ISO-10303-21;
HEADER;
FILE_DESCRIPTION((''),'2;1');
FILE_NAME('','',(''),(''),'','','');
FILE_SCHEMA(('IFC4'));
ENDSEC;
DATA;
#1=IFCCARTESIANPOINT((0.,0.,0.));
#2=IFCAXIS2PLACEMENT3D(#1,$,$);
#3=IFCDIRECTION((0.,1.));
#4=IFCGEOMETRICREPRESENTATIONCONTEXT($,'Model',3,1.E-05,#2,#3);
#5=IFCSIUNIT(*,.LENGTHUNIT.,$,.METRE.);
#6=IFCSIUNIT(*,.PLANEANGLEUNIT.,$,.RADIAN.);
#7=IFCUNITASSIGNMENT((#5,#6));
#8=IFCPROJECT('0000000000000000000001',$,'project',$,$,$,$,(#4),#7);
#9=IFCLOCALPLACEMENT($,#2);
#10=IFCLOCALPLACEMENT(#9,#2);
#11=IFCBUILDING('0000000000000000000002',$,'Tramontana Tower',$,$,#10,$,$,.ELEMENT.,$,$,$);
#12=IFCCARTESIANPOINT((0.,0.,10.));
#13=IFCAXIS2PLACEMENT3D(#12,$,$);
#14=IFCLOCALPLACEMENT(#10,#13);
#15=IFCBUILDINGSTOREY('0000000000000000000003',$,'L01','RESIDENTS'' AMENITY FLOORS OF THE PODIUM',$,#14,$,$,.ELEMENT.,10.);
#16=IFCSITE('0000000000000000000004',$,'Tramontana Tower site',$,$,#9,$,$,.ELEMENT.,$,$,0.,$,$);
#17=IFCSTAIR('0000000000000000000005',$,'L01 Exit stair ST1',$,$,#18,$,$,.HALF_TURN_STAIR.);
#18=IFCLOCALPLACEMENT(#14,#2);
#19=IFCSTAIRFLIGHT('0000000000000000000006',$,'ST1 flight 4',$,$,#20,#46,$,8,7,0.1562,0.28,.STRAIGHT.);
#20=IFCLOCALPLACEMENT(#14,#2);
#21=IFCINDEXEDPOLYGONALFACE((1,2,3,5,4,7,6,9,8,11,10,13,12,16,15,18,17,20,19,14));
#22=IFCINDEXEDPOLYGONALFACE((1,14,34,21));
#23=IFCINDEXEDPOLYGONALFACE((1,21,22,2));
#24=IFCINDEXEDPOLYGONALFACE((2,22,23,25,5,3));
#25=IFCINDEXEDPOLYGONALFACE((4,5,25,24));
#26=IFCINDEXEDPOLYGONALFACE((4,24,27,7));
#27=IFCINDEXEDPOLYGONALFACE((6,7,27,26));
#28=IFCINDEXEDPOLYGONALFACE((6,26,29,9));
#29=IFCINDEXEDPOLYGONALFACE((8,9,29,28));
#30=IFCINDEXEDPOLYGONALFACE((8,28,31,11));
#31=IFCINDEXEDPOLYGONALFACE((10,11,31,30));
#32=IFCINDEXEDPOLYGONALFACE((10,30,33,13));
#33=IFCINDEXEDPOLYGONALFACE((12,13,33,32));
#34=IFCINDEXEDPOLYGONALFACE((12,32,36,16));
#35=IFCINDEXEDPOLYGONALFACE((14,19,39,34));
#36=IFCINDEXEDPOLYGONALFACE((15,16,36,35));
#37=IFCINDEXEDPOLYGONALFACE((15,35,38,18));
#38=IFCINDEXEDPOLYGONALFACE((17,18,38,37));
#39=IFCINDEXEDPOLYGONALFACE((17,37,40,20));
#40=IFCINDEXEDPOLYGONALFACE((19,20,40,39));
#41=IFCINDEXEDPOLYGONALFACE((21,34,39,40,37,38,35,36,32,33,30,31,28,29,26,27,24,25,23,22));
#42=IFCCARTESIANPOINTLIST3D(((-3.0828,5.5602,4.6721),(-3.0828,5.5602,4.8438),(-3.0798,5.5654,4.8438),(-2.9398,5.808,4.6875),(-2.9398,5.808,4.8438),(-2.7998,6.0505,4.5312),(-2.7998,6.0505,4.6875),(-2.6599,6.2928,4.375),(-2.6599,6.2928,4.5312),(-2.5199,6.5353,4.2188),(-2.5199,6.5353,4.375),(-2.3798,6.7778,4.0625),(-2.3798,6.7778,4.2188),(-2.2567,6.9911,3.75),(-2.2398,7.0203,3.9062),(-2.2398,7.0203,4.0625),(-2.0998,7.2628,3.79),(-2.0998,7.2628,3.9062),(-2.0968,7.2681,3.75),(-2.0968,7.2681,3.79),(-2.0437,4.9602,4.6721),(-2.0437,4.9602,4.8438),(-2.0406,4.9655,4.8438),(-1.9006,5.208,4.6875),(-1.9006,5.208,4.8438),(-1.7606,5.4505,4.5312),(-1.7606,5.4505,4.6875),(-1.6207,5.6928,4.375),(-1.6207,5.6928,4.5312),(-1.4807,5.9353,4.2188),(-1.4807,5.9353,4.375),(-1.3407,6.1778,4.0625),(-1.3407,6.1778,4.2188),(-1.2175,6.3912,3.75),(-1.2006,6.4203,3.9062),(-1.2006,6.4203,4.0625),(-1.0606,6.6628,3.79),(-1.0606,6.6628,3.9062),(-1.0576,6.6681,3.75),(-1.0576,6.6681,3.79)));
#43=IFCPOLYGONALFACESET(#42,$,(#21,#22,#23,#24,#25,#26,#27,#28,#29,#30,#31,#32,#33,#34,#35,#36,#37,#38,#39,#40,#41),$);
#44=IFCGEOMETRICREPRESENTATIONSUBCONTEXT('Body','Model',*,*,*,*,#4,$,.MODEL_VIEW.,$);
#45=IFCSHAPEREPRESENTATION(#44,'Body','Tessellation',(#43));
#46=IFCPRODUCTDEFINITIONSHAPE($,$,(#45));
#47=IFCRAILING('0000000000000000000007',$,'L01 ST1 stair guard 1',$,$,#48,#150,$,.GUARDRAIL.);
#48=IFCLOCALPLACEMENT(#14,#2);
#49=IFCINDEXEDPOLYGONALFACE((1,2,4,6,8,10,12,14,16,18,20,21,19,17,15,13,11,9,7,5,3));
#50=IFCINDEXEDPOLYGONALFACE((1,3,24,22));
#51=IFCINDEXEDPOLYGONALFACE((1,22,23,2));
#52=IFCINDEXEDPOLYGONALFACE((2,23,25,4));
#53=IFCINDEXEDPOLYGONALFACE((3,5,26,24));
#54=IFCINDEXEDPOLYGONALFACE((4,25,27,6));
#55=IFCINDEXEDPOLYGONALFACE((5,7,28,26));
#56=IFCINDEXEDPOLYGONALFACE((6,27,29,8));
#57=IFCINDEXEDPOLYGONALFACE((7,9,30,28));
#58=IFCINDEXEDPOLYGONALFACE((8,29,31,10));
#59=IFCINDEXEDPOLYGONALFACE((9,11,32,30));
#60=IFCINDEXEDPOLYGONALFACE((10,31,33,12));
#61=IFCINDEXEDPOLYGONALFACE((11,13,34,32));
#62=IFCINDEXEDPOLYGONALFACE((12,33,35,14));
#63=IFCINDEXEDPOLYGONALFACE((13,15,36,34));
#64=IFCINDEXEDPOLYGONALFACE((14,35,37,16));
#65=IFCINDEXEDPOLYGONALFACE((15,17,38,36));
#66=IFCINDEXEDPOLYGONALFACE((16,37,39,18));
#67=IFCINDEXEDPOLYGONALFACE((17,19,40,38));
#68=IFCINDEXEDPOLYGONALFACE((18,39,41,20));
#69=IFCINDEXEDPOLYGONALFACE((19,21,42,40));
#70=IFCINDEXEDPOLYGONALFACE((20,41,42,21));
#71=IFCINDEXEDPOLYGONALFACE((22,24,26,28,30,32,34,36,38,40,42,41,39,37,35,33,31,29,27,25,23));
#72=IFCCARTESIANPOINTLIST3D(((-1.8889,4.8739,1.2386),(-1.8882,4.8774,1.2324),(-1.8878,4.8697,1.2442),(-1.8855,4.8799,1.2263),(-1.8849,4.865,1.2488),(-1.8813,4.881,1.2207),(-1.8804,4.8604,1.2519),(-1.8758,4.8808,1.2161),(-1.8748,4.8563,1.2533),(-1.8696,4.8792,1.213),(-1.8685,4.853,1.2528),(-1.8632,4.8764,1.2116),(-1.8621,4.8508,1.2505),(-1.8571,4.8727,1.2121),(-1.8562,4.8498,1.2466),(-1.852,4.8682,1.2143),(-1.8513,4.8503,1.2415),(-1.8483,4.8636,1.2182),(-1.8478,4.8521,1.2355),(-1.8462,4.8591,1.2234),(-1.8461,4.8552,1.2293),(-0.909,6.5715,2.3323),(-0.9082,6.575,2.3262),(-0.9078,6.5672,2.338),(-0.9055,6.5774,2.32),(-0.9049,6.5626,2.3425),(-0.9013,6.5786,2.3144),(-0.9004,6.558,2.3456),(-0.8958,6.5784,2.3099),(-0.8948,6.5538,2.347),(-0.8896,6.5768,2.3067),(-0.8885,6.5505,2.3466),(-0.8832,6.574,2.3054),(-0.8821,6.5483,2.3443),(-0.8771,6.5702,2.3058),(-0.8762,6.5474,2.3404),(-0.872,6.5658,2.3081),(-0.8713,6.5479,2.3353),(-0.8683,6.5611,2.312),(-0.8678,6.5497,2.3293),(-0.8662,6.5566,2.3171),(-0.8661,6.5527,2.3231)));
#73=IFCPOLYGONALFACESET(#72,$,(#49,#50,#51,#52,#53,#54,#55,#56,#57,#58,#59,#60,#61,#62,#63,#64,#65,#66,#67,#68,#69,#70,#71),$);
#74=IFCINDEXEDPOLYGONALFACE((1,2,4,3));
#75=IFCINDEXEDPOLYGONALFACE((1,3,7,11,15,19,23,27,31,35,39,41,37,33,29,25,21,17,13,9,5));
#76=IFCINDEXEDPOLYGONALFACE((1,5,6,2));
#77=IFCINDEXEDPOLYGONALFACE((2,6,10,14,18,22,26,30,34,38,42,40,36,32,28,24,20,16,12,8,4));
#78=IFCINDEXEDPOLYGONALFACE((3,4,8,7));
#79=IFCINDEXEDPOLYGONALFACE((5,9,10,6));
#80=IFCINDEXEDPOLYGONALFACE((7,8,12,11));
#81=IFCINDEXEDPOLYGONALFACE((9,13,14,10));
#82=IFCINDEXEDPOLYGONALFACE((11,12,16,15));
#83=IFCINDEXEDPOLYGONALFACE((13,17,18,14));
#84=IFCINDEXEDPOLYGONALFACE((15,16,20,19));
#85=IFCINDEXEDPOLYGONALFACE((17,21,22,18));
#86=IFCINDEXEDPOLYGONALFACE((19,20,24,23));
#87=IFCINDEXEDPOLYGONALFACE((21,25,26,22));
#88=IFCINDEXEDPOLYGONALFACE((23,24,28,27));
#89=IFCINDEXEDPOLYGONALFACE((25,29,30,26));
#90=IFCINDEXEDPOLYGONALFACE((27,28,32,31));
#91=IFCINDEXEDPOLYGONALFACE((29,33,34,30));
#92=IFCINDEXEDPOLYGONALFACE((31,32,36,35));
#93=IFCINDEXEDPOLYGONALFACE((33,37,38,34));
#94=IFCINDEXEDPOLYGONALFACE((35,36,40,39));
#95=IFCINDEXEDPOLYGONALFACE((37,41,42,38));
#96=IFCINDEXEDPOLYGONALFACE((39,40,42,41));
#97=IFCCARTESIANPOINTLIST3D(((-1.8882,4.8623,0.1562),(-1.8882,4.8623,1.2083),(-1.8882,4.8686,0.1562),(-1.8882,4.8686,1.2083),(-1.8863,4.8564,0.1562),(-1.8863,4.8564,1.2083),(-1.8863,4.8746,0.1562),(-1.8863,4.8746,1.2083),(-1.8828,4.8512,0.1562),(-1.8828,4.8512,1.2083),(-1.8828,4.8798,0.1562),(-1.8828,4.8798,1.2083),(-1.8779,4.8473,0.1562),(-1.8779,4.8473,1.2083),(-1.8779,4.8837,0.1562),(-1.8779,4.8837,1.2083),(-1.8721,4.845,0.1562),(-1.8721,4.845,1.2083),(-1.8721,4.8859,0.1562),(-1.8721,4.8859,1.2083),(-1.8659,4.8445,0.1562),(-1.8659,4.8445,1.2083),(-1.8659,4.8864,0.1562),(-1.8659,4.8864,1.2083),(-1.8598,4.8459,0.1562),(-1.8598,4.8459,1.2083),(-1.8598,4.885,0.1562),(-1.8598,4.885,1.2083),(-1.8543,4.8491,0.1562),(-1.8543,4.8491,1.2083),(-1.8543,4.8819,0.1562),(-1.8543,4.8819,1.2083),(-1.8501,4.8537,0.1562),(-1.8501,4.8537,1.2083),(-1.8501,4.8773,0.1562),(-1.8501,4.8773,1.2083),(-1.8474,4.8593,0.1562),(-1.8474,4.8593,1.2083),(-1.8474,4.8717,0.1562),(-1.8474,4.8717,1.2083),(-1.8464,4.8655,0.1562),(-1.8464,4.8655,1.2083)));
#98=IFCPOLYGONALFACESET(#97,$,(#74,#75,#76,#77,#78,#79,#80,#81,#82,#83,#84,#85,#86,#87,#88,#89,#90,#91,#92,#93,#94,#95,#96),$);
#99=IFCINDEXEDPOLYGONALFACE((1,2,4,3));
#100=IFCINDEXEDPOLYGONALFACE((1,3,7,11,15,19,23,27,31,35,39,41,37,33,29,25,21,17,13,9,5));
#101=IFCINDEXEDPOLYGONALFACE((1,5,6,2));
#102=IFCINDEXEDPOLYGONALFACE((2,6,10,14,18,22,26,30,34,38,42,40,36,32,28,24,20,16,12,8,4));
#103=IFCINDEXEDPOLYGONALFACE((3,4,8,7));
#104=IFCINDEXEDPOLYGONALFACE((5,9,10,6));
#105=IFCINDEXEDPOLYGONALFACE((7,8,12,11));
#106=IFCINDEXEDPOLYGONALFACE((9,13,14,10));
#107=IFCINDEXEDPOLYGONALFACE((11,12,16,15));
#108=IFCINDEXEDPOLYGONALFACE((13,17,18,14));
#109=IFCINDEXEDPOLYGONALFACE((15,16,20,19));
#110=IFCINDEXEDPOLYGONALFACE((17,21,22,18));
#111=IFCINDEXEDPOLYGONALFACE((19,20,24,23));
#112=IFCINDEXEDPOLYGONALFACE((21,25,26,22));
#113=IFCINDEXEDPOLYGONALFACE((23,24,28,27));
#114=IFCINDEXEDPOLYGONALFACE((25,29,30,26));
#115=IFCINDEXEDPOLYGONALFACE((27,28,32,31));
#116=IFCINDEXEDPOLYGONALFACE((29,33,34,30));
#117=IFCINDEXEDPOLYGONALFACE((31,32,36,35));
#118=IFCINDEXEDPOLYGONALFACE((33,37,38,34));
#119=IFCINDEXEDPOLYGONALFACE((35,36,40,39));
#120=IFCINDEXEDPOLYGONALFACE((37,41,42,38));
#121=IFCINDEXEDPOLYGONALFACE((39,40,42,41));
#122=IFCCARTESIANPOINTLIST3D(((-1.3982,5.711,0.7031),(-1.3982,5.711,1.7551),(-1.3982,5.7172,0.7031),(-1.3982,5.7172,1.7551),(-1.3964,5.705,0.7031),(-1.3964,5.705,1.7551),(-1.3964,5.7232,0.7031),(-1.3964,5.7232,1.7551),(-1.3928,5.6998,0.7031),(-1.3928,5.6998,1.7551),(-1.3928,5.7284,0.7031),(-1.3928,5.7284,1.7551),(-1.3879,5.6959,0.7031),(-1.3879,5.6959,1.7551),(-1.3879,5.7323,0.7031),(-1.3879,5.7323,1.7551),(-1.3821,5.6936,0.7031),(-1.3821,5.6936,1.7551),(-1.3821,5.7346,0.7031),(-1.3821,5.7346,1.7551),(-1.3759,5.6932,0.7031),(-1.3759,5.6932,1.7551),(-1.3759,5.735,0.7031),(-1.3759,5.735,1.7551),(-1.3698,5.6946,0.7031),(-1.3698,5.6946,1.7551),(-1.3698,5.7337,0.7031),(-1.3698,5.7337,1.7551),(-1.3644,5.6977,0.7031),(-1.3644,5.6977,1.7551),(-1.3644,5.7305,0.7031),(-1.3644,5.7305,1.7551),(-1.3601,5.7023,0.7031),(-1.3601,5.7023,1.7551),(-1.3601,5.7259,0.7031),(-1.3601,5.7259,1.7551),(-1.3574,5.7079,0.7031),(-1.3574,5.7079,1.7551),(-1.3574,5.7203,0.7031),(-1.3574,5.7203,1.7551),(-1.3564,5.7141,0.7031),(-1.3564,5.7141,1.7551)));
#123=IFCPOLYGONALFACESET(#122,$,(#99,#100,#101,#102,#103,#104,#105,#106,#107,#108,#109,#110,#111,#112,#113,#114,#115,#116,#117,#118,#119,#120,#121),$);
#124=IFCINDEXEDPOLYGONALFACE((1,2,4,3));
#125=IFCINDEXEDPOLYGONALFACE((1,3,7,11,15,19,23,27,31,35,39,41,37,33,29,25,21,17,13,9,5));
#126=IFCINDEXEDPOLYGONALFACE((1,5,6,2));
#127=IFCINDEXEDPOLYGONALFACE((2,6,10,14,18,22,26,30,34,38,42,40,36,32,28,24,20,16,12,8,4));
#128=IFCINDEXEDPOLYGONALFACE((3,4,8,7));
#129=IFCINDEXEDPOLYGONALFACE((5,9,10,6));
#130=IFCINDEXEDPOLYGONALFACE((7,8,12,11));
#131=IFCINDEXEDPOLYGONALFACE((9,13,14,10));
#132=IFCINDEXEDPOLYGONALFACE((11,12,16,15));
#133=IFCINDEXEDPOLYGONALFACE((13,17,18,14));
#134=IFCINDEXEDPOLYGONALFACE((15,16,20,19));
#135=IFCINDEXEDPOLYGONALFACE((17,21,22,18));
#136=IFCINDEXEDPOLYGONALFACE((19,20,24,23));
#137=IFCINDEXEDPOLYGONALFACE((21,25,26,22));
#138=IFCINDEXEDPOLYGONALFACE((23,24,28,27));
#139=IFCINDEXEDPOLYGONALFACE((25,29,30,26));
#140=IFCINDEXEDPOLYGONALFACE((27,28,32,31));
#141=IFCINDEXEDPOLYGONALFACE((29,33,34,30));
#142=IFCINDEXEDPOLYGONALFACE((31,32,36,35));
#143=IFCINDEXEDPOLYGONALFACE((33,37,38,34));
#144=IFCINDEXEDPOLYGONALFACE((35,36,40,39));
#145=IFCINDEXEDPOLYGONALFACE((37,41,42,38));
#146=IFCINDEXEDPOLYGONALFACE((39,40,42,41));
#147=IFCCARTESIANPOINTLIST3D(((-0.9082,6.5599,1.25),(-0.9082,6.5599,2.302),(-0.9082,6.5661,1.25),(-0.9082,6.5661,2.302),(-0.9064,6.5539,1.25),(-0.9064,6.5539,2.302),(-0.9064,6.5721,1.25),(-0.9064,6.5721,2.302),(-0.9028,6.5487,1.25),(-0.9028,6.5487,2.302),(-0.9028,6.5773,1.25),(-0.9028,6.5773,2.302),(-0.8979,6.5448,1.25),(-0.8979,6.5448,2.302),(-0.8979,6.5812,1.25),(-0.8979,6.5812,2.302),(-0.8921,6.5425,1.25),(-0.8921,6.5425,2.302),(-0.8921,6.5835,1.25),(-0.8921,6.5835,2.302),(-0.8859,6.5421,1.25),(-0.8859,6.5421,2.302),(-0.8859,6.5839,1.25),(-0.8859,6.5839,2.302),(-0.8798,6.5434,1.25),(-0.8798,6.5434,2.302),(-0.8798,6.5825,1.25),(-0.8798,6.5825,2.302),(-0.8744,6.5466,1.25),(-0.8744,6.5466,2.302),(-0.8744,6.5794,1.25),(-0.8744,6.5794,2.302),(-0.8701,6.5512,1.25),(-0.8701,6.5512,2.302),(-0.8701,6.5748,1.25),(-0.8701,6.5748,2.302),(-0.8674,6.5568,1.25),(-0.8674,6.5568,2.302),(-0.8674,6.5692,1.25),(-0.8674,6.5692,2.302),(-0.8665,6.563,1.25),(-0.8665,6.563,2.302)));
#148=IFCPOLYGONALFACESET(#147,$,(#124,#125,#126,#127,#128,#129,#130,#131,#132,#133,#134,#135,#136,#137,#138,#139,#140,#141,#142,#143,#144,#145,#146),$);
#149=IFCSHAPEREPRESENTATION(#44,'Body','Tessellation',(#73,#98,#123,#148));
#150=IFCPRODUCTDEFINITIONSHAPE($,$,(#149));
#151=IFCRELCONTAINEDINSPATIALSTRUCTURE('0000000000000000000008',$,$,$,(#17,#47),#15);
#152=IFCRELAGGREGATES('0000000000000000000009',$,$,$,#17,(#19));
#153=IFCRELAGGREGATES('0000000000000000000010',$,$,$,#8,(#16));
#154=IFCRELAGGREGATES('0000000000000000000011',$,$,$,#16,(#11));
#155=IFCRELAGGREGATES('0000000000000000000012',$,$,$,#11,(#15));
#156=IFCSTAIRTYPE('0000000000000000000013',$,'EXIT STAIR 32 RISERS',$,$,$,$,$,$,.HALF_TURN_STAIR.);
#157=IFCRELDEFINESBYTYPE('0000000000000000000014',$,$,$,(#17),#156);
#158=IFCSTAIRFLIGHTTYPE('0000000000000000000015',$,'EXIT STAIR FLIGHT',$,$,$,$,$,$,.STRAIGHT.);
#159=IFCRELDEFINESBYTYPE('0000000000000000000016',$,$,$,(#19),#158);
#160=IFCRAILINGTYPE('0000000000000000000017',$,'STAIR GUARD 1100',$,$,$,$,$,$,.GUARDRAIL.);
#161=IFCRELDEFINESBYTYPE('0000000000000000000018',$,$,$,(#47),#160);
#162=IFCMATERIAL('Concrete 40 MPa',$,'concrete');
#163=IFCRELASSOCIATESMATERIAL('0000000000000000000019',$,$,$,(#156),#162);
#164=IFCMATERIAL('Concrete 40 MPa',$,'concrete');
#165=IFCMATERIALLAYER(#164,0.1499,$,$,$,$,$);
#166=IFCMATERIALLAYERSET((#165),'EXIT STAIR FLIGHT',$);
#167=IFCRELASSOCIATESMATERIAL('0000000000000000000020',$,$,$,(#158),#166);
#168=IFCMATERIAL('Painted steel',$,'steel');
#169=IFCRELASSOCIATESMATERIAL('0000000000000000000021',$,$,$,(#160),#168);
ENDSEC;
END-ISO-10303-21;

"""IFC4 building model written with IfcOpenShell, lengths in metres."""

from ifc_helpers import new_model, si_unit, direction, frame, origin, origin_2d, place, context, subcontext, project, spatial, polyline, circle, outline, extrude, material, layer, layer_set, type_object, element, aggregate, save


model = new_model("IFC4")

# Units and contexts
model_context = context("Model", 3, precision=1e-05, world=origin(), true_north=direction((0.0, 1.0)))
body_context = subcontext(model_context, "Body", "Model", "MODEL_VIEW")
ifc_project = project(units=[si_unit("LENGTHUNIT", "METRE"), si_unit("PLANEANGLEUNIT", "RADIAN")], contexts=[model_context])

# Site, building, storey
site_placement = place(None, origin())
site = spatial("IfcSite", under=ifc_project, at=site_placement, Name="Tramontana Tower site", CompositionType="ELEMENT", RefElevation=0.0)
building_placement = place(site_placement, origin())
building = spatial("IfcBuilding", under=site, at=building_placement, Name="Tramontana Tower", CompositionType="ELEMENT")
storey_placement = place(building_placement, frame((0.0, 0.0, 10.0)))
storey = spatial("IfcBuildingStorey", under=building, at=storey_placement, Name="L01", Description="RESIDENTS' AMENITY FLOORS OF THE PODIUM", CompositionType="ELEMENT", Elevation=10.0)

# Stair, stair flight
ifc_material_1 = material(Name="Concrete 40 MPa", Category="concrete")
stair_type = type_object("IfcStairType", Name="EXIT STAIR 32 RISERS", PredefinedType="HALF_TURN_STAIR", material=ifc_material_1)
stair_placement = place(storey_placement, origin())
stair = element("IfcStair", 1, at=stair_placement, inside=storey, type_object=stair_type, Name="L01 Exit stair ST1", PredefinedType="HALF_TURN_STAIR")
ifc_material_2 = material(Name="Concrete 40 MPa", Category="concrete")
ifc_layer_1 = layer(ifc_material_2, 0.1499)
ifc_layer_set_1 = layer_set([ifc_layer_1], Name="EXIT STAIR FLIGHT")
stair_flight_type = type_object("IfcStairFlightType", Name="EXIT STAIR FLIGHT", PredefinedType="STRAIGHT", material=ifc_layer_set_1)
stair_flight_1_placement = place(storey_placement, frame((-1.5803, 6.9629, 3.75), z_axis=(0.0, 0.0, 1.0), x_axis=(-0.5, -0.866025, 0.0)))
stair_flight_1 = element("IfcStairFlight", 2, at=stair_flight_1_placement, type_object=stair_flight_type, Name="ST1 flight 4", NumberOfRisers=8, NumberOfTreads=7, PredefinedType="STRAIGHT", RiserHeight=0.1562, TreadLength=0.28, context=body_context, shape_type="SweptSolid", body=[
    extrude(outline(polyline([(-0.0061, 0.0), (-0.0061, 0.04), (0.0, 0.04), (0.0, 0.1562), (0.28, 0.1562), (0.28, 0.3125), (0.5601, 0.3125), (0.5601, 0.4688), (0.8401, 0.4688), (0.8401, 0.625), (1.1201, 0.625), (1.1201, 0.7812), (1.3999, 0.7812), (1.3999, 0.9375), (1.6799, 0.9375), (1.6799, 1.0938), (1.96, 1.0938), (1.9661, 1.0938), (1.9661, 0.9221), (0.3137, 0.0), (-0.0061, 0.0)])), frame((0.0, 0.6001, 0.0), z_axis=(0.0, -1.0, 0.0), x_axis=(1.0, 0.0, 0.0)), (0.0, 0.0, 1.0), 1.2),
])
aggregate(stair, [stair_flight_1])

# Railing
ifc_material_3 = material(Name="Painted steel", Category="steel")
railing_type_1 = type_object("IfcRailingType", Name="STAIR GUARD 1100", PredefinedType="GUARDRAIL", material=ifc_material_3)
railing_1_placement = place(storey_placement, frame((-1.8674, 4.8655, 0.1562)))
element("IfcRailing", 3, at=railing_1_placement, inside=storey, type_object=railing_type_1, Name="L01 ST1 stair guard 1", PredefinedType="GUARDRAIL", context=body_context, shape_type="SweptSolid", body=[
    extrude(circle(Radius=0.0239, at=origin_2d()), frame((0.0, 0.0, 1.0762), z_axis=(0.436596, 0.756267, 0.487282), x_axis=(-0.866042, 0.49997, 0.0)), (0.0, 0.0, 1.0), 2.2446),
    extrude(circle(Radius=0.021, at=origin_2d()), origin(), (0.0, 0.0, 1.0), 1.052),
    extrude(circle(Radius=0.021, at=origin_2d()), frame((0.49, 0.8486, 0.5469)), (0.0, 0.0, 1.0), 1.052),
    extrude(circle(Radius=0.021, at=origin_2d()), frame((0.98, 1.6975, 1.0938)), (0.0, 0.0, 1.0), 1.052),
])

save(model, "model.ifc")
